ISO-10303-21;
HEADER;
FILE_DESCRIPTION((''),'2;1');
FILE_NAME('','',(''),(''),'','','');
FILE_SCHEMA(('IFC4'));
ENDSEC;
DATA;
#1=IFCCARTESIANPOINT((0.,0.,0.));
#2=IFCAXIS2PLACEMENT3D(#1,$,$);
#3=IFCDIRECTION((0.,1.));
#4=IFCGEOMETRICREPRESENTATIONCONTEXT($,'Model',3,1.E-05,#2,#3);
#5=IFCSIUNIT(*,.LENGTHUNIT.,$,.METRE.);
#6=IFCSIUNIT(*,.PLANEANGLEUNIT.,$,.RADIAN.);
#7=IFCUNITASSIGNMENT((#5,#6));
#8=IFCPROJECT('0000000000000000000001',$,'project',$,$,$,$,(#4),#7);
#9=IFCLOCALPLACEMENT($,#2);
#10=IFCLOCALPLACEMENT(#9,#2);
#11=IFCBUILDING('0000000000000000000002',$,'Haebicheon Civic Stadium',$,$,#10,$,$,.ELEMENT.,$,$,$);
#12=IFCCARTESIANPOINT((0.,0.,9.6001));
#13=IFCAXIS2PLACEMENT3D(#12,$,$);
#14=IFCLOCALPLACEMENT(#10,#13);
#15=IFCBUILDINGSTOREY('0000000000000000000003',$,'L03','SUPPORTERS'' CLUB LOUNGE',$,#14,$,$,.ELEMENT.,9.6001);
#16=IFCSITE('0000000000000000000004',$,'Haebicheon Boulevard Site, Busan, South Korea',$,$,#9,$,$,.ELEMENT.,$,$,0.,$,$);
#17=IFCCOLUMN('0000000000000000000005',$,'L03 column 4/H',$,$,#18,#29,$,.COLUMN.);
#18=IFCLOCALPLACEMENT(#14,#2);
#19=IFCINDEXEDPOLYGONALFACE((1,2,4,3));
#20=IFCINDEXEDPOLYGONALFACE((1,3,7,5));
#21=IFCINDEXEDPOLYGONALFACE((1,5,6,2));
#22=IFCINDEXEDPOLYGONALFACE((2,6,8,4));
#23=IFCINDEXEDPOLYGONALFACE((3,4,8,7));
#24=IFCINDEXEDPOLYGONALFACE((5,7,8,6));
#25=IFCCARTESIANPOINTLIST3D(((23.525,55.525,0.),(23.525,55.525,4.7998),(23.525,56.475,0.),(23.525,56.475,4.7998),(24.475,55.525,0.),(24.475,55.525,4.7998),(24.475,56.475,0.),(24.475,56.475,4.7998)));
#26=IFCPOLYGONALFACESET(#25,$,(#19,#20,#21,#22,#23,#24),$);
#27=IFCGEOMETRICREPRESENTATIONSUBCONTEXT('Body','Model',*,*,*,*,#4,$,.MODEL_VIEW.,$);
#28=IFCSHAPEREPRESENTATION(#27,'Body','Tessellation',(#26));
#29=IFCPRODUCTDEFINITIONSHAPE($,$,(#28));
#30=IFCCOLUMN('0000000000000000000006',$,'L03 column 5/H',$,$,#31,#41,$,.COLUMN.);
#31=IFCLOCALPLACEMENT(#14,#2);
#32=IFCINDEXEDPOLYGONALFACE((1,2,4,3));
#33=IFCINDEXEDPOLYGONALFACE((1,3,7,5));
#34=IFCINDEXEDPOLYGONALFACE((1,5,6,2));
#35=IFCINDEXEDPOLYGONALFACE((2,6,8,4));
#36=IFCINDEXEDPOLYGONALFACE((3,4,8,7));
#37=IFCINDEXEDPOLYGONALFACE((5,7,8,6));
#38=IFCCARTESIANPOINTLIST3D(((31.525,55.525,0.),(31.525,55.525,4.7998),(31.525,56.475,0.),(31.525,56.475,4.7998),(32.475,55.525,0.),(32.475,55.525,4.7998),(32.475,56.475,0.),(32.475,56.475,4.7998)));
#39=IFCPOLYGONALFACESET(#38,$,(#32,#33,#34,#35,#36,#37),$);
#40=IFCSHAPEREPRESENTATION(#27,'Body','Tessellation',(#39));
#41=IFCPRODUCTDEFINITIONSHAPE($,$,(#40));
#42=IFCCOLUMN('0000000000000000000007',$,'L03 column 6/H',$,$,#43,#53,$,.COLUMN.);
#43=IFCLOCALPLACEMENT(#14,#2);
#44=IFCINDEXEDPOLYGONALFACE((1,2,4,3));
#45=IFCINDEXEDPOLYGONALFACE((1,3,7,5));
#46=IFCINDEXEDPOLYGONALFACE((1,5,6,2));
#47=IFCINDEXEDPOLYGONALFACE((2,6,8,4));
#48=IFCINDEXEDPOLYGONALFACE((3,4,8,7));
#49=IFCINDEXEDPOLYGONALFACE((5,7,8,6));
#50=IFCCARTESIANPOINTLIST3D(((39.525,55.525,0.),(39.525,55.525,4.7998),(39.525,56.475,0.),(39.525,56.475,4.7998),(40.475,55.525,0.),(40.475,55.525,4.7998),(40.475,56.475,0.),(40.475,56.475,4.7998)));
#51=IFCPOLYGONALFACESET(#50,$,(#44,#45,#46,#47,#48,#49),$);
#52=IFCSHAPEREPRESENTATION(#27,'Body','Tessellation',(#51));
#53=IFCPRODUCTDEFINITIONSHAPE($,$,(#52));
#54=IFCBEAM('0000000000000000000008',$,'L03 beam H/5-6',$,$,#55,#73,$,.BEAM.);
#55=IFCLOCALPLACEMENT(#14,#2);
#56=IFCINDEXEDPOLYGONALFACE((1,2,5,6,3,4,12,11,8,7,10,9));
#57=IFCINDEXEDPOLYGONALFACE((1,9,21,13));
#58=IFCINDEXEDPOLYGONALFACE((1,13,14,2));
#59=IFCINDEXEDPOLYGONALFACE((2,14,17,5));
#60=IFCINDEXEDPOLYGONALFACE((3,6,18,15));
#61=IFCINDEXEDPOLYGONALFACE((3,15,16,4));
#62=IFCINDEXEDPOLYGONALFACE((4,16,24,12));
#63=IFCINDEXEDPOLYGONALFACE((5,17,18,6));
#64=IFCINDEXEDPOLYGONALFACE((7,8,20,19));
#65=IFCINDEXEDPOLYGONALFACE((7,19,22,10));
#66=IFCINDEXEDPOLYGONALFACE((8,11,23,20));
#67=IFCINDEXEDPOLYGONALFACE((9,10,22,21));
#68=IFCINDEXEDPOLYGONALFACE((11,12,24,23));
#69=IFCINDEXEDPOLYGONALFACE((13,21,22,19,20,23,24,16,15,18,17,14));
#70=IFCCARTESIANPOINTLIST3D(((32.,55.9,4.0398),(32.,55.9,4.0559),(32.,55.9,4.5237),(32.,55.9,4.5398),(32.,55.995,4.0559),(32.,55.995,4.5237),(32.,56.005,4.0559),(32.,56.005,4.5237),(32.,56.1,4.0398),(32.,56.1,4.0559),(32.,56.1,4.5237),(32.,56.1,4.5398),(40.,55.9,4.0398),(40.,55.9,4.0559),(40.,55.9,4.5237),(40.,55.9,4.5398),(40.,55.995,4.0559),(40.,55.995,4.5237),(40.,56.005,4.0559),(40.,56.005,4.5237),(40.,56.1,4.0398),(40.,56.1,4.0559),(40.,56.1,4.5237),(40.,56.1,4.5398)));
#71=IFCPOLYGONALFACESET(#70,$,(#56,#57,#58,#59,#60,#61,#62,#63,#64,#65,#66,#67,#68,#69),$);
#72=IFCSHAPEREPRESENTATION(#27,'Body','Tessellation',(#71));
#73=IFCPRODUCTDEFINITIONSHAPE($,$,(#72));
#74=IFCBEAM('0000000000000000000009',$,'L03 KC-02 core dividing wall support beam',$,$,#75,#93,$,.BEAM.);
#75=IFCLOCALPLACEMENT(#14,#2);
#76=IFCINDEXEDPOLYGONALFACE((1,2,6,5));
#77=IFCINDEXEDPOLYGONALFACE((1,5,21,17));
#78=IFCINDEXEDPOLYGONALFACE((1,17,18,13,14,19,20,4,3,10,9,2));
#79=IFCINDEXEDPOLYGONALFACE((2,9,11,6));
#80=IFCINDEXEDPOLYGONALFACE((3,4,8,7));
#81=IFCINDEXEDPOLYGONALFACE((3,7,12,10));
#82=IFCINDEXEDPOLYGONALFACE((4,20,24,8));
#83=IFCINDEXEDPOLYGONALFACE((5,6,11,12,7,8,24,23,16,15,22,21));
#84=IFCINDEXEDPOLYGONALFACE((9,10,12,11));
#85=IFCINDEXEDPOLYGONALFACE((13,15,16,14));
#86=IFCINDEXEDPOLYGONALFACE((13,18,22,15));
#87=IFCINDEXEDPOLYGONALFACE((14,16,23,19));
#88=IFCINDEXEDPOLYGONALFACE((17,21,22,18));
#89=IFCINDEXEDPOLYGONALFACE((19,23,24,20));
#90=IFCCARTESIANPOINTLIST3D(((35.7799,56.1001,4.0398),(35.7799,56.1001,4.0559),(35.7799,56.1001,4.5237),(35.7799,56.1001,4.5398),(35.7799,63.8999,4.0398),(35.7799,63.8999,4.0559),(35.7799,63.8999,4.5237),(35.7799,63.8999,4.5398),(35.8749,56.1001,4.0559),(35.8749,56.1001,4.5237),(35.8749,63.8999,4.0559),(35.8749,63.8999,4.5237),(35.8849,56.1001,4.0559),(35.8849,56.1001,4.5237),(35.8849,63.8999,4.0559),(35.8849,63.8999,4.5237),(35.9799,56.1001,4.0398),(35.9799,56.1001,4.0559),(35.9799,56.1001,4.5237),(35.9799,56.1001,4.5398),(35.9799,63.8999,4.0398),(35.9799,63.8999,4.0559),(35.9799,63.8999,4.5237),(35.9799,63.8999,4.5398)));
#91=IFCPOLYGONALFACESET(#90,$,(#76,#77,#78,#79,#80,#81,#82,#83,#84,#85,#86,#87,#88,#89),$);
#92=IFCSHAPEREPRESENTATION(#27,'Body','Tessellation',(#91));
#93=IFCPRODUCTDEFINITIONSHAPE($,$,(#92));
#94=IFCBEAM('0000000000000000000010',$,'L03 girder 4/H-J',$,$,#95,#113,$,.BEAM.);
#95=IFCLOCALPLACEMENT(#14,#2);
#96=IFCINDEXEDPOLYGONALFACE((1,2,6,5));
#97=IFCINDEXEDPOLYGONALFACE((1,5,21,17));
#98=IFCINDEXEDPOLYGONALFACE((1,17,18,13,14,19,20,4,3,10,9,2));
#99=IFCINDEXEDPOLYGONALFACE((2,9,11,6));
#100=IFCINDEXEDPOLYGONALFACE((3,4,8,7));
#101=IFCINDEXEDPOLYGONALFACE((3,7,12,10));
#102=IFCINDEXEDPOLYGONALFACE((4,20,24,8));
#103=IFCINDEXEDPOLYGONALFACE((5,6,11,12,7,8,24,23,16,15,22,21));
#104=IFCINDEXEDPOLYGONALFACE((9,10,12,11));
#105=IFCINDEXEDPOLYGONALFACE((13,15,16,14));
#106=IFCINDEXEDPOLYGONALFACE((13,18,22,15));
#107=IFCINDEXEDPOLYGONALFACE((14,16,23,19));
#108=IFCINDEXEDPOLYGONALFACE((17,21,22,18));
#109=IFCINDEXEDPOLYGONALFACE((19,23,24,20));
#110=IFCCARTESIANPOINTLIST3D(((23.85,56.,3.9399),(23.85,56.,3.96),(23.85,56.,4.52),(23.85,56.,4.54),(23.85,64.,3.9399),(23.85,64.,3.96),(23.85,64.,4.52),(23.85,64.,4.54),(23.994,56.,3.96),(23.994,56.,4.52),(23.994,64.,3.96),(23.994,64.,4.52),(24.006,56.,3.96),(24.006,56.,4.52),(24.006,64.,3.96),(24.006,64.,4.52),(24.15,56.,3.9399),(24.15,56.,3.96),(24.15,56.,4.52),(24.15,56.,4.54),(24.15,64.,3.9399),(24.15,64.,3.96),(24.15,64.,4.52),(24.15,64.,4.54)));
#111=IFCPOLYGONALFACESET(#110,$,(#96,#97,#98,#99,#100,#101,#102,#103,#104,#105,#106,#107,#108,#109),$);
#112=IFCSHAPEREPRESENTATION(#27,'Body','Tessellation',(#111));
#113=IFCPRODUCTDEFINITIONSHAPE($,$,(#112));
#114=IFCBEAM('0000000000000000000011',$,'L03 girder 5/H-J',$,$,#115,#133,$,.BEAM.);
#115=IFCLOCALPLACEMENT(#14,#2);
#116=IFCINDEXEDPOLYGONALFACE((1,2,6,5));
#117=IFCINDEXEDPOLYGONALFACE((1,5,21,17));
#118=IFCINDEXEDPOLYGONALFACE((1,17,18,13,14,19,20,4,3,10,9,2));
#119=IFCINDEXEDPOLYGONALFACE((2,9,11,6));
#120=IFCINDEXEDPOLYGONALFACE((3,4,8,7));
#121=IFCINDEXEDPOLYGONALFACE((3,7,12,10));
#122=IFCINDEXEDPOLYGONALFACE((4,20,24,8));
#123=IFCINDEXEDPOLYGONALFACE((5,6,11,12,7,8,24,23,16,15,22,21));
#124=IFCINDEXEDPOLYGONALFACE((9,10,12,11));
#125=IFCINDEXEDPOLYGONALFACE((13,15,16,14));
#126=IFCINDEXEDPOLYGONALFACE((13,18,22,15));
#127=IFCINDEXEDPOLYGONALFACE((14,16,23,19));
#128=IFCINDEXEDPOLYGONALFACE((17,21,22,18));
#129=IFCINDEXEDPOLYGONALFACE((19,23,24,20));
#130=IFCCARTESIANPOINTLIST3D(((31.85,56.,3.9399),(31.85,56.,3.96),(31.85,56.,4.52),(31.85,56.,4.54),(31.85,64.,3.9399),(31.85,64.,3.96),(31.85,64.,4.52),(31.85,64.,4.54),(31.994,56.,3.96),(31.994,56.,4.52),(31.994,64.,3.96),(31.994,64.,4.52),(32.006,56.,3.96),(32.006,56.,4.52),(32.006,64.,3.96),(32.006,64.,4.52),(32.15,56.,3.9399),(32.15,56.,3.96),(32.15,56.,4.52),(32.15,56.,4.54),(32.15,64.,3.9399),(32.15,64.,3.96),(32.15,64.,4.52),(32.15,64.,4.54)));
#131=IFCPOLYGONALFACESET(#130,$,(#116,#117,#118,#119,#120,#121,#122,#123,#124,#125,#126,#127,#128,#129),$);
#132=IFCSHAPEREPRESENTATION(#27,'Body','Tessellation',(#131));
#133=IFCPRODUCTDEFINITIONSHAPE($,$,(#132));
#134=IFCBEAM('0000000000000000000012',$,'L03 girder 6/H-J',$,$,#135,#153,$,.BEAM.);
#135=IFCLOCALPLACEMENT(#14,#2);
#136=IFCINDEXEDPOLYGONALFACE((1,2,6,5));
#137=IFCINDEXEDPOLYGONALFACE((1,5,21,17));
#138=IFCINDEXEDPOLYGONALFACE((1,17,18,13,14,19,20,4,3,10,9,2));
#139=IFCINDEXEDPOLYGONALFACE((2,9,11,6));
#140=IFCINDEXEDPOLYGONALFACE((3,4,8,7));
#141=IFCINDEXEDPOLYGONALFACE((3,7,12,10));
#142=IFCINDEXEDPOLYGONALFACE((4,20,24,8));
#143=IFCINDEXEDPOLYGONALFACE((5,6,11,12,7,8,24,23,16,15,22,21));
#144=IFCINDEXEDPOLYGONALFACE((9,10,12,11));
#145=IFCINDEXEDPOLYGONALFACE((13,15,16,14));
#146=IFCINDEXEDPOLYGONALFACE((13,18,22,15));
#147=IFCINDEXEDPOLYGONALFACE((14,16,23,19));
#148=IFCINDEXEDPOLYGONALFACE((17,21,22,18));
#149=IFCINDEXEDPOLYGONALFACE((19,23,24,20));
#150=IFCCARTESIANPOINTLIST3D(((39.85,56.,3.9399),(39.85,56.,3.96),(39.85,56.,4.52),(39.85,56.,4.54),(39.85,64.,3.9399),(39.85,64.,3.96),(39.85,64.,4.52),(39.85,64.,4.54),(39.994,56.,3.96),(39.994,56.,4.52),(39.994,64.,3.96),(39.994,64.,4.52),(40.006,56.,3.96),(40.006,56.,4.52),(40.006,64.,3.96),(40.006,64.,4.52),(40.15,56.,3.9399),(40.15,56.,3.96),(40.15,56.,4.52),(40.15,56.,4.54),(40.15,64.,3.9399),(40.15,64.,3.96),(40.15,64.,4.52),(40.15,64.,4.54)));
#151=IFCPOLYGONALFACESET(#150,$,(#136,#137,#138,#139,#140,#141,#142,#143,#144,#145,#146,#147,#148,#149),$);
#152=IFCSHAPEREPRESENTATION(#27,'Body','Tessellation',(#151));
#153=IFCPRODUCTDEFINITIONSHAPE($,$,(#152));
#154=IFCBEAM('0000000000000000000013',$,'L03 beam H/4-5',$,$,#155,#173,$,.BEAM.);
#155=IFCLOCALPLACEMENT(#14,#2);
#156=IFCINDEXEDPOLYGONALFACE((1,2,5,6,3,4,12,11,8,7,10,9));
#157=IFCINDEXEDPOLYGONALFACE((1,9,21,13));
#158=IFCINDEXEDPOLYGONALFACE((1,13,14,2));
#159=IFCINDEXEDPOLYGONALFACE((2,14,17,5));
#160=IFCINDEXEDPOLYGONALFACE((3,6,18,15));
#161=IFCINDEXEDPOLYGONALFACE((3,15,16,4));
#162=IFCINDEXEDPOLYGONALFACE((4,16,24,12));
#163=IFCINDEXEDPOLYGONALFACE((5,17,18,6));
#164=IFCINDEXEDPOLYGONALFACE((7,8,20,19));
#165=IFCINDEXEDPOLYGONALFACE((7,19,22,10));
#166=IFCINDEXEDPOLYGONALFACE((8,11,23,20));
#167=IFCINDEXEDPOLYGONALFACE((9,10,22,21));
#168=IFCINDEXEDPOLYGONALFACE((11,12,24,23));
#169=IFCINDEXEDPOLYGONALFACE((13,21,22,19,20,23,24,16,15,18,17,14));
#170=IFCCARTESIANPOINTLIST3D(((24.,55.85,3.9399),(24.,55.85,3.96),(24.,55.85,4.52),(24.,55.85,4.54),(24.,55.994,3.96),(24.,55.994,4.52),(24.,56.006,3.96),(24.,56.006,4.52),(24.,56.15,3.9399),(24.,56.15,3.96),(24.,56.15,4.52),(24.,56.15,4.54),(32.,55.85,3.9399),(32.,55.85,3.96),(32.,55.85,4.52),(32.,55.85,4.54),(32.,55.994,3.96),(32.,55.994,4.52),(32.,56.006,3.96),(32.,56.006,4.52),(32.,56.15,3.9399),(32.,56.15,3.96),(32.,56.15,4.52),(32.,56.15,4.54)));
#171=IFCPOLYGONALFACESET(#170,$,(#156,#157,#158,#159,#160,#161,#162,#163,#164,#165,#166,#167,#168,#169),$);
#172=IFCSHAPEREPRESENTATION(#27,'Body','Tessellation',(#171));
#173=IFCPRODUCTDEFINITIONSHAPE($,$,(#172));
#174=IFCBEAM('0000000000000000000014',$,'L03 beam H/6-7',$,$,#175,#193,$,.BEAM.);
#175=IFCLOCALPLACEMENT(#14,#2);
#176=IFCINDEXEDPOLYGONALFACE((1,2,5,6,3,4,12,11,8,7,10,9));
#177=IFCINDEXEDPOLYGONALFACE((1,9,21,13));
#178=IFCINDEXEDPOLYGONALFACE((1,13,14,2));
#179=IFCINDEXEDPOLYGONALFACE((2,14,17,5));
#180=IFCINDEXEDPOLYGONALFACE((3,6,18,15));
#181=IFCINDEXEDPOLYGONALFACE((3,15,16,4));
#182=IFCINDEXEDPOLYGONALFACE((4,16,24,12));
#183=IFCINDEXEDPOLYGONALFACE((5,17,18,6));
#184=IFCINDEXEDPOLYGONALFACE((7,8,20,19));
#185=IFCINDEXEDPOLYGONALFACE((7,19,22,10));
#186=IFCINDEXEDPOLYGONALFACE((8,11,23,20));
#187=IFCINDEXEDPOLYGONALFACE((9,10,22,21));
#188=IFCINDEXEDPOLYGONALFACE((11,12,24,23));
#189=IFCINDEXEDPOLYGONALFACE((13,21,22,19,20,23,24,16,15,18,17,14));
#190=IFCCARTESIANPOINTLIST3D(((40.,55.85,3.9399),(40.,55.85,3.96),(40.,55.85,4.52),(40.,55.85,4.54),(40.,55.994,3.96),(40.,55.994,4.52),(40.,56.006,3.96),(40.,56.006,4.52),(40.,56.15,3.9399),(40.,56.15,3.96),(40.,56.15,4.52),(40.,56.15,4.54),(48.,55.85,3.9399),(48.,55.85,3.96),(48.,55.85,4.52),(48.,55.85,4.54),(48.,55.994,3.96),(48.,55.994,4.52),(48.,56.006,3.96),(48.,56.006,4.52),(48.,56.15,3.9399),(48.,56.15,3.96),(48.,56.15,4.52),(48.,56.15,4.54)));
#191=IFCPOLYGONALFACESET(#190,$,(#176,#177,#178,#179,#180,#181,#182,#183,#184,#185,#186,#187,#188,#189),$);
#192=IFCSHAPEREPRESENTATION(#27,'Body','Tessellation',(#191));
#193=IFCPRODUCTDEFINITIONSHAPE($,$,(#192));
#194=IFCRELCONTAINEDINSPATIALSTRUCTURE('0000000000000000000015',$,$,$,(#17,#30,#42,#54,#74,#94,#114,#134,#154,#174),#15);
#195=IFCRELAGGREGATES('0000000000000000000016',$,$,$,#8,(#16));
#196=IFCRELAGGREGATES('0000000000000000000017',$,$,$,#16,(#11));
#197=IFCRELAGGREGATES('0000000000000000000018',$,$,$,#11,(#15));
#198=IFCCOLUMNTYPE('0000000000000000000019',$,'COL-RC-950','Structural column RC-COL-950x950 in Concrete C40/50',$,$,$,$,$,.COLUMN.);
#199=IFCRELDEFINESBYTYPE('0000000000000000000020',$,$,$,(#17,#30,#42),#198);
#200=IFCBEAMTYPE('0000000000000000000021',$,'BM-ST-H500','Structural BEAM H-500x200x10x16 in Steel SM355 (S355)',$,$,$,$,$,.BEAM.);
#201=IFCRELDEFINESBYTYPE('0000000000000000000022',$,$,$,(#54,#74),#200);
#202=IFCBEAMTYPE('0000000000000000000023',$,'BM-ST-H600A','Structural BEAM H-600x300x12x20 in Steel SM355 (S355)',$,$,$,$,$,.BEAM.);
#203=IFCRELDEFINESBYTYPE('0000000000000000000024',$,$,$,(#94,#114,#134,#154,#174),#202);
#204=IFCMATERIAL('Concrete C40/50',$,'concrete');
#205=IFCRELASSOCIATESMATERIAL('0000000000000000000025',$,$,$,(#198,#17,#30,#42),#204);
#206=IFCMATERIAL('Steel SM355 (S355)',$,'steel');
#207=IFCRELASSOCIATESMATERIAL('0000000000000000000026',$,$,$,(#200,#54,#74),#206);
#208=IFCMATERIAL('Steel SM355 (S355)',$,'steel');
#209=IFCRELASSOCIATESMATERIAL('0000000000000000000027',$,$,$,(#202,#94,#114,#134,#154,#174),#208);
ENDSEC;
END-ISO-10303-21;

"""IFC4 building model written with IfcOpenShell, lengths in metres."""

from ifc_helpers import new_model, si_unit, direction, frame, origin, origin_2d, place, context, subcontext, project, spatial, rectangle, i_section, extrude, material, material_profile, profile_set, type_object, element, save


model = new_model("IFC4")

# Units and contexts
model_context = context("Model", 3, precision=1e-05, world=origin(), true_north=direction((0.0, 1.0)))
body_context = subcontext(model_context, "Body", "Model", "MODEL_VIEW")
ifc_project = project(units=[si_unit("LENGTHUNIT", "METRE"), si_unit("PLANEANGLEUNIT", "RADIAN")], contexts=[model_context])

# Site, building, storey
site_placement = place(None, origin())
site = spatial("IfcSite", under=ifc_project, at=site_placement, Name="Haebicheon Boulevard Site, Busan, South Korea", CompositionType="ELEMENT", RefElevation=0.0)
building_placement = place(site_placement, origin())
building = spatial("IfcBuilding", under=site, at=building_placement, Name="Haebicheon Civic Stadium", CompositionType="ELEMENT")
storey_placement = place(building_placement, frame((0.0, 0.0, 9.6001)))
storey = spatial("IfcBuildingStorey", under=building, at=storey_placement, Name="L03", Description="SUPPORTERS' CLUB LOUNGE", CompositionType="ELEMENT", Elevation=9.6001)

# Columns
ifc_material_1 = material(Name="Concrete C40/50", Category="concrete")
ifc_material_profile_1 = material_profile(ifc_material_1, rectangle(XDim=0.95, YDim=0.95, at=origin_2d()), Name="RC-COL-950x950")
ifc_profile_set_1 = profile_set([ifc_material_profile_1], Name="Concrete C40/50")
column_type = type_object("IfcColumnType", Name="COL-RC-950", Description="Structural column RC-COL-950x950 in Concrete C40/50", PredefinedType="COLUMN", material=ifc_profile_set_1)
for number, where, z_axis, x_axis, name in (
    (1, (24.0, 56.0, 0.0), (0.0, 0.0, 1.0), (1.0, 0.0, 0.0), "L03 column 4/H"),
    (2, (32.0, 56.0, 0.0), (0.0, 0.0, 1.0), (1.0, 0.0, 0.0), "L03 column 5/H"),
    (3, (40.0, 56.0, 0.0), (0.0, 0.0, 1.0), (1.0, 0.0, 0.0), "L03 column 6/H"),
):
    element("IfcColumn", number, at=place(storey_placement, frame(where, z_axis=z_axis, x_axis=x_axis)), inside=storey, type_object=column_type, material=ifc_profile_set_1, Name=name, PredefinedType="COLUMN", context=body_context, shape_type="SweptSolid", body=[
        extrude(rectangle(XDim=0.95, YDim=0.95, at=origin_2d()), origin(), (0.0, 0.0, 1.0), 4.7998),
    ])

# Beams
ifc_material_2 = material(Name="Steel SM355 (S355)", Category="steel")
ifc_material_profile_2 = material_profile(ifc_material_2, i_section(OverallWidth=0.2, OverallDepth=0.5, WebThickness=0.01, FlangeThickness=0.0161, at=origin_2d()), Name="H-500x200x10x16")
ifc_profile_set_2 = profile_set([ifc_material_profile_2], Name="Steel SM355 (S355)")
beam_type_1 = type_object("IfcBeamType", Name="BM-ST-H500", Description="Structural BEAM H-500x200x10x16 in Steel SM355 (S355)", PredefinedType="BEAM", material=ifc_profile_set_2)
beam_1_placement = place(storey_placement, frame((32.0, 56.0, 4.2898), z_axis=(1.0, 0.0, 0.0), x_axis=(0.0, 1.0, 0.0)))
element("IfcBeam", 4, at=beam_1_placement, inside=storey, type_object=beam_type_1, material=ifc_profile_set_2, Name="L03 beam H/5-6", PredefinedType="BEAM", context=body_context, shape_type="SweptSolid", body=[
    extrude(i_section(OverallWidth=0.2, OverallDepth=0.5, WebThickness=0.01, FlangeThickness=0.0161, at=origin_2d()), origin(), (0.0, 0.0, 1.0), 8.0),
])
beam_2_placement = place(storey_placement, frame((35.8799, 56.1001, 4.2898), z_axis=(0.0, 1.0, 0.0), x_axis=(-1.0, 0.0, 0.0)))
element("IfcBeam", 5, at=beam_2_placement, inside=storey, type_object=beam_type_1, material=ifc_profile_set_2, Name="L03 KC-02 core dividing wall support beam", PredefinedType="BEAM", context=body_context, shape_type="SweptSolid", body=[
    extrude(i_section(OverallWidth=0.2, OverallDepth=0.5, WebThickness=0.01, FlangeThickness=0.0161, at=origin_2d()), origin(), (0.0, 0.0, 1.0), 7.7998),
])
ifc_material_3 = material(Name="Steel SM355 (S355)", Category="steel")
ifc_material_profile_3 = material_profile(ifc_material_3, i_section(OverallWidth=0.3, OverallDepth=0.6001, WebThickness=0.012, FlangeThickness=0.02, at=origin_2d()), Name="H-600x300x12x20")
ifc_profile_set_3 = profile_set([ifc_material_profile_3], Name="Steel SM355 (S355)")
beam_type_2 = type_object("IfcBeamType", Name="BM-ST-H600A", Description="Structural BEAM H-600x300x12x20 in Steel SM355 (S355)", PredefinedType="BEAM", material=ifc_profile_set_3)
for number, where, z_axis, x_axis, name in (
    (6, (24.0, 56.0, 4.24), (0.0, 1.0, 0.0), (-1.0, 0.0, 0.0), "L03 girder 4/H-J"),
    (7, (32.0, 56.0, 4.24), (0.0, 1.0, 0.0), (-1.0, 0.0, 0.0), "L03 girder 5/H-J"),
    (8, (40.0, 56.0, 4.24), (0.0, 1.0, 0.0), (-1.0, 0.0, 0.0), "L03 girder 6/H-J"),
    (9, (24.0, 56.0, 4.24), (1.0, 0.0, 0.0), (0.0, 1.0, 0.0), "L03 beam H/4-5"),
    (10, (40.0, 56.0, 4.24), (1.0, 0.0, 0.0), (0.0, 1.0, 0.0), "L03 beam H/6-7"),
):
    element("IfcBeam", number, at=place(storey_placement, frame(where, z_axis=z_axis, x_axis=x_axis)), inside=storey, type_object=beam_type_2, material=ifc_profile_set_3, Name=name, PredefinedType="BEAM", context=body_context, shape_type="SweptSolid", body=[
        extrude(i_section(OverallWidth=0.3, OverallDepth=0.6001, WebThickness=0.012, FlangeThickness=0.02, at=origin_2d()), origin(), (0.0, 0.0, 1.0), 8.0),
    ])

save(model, "model.ifc")
